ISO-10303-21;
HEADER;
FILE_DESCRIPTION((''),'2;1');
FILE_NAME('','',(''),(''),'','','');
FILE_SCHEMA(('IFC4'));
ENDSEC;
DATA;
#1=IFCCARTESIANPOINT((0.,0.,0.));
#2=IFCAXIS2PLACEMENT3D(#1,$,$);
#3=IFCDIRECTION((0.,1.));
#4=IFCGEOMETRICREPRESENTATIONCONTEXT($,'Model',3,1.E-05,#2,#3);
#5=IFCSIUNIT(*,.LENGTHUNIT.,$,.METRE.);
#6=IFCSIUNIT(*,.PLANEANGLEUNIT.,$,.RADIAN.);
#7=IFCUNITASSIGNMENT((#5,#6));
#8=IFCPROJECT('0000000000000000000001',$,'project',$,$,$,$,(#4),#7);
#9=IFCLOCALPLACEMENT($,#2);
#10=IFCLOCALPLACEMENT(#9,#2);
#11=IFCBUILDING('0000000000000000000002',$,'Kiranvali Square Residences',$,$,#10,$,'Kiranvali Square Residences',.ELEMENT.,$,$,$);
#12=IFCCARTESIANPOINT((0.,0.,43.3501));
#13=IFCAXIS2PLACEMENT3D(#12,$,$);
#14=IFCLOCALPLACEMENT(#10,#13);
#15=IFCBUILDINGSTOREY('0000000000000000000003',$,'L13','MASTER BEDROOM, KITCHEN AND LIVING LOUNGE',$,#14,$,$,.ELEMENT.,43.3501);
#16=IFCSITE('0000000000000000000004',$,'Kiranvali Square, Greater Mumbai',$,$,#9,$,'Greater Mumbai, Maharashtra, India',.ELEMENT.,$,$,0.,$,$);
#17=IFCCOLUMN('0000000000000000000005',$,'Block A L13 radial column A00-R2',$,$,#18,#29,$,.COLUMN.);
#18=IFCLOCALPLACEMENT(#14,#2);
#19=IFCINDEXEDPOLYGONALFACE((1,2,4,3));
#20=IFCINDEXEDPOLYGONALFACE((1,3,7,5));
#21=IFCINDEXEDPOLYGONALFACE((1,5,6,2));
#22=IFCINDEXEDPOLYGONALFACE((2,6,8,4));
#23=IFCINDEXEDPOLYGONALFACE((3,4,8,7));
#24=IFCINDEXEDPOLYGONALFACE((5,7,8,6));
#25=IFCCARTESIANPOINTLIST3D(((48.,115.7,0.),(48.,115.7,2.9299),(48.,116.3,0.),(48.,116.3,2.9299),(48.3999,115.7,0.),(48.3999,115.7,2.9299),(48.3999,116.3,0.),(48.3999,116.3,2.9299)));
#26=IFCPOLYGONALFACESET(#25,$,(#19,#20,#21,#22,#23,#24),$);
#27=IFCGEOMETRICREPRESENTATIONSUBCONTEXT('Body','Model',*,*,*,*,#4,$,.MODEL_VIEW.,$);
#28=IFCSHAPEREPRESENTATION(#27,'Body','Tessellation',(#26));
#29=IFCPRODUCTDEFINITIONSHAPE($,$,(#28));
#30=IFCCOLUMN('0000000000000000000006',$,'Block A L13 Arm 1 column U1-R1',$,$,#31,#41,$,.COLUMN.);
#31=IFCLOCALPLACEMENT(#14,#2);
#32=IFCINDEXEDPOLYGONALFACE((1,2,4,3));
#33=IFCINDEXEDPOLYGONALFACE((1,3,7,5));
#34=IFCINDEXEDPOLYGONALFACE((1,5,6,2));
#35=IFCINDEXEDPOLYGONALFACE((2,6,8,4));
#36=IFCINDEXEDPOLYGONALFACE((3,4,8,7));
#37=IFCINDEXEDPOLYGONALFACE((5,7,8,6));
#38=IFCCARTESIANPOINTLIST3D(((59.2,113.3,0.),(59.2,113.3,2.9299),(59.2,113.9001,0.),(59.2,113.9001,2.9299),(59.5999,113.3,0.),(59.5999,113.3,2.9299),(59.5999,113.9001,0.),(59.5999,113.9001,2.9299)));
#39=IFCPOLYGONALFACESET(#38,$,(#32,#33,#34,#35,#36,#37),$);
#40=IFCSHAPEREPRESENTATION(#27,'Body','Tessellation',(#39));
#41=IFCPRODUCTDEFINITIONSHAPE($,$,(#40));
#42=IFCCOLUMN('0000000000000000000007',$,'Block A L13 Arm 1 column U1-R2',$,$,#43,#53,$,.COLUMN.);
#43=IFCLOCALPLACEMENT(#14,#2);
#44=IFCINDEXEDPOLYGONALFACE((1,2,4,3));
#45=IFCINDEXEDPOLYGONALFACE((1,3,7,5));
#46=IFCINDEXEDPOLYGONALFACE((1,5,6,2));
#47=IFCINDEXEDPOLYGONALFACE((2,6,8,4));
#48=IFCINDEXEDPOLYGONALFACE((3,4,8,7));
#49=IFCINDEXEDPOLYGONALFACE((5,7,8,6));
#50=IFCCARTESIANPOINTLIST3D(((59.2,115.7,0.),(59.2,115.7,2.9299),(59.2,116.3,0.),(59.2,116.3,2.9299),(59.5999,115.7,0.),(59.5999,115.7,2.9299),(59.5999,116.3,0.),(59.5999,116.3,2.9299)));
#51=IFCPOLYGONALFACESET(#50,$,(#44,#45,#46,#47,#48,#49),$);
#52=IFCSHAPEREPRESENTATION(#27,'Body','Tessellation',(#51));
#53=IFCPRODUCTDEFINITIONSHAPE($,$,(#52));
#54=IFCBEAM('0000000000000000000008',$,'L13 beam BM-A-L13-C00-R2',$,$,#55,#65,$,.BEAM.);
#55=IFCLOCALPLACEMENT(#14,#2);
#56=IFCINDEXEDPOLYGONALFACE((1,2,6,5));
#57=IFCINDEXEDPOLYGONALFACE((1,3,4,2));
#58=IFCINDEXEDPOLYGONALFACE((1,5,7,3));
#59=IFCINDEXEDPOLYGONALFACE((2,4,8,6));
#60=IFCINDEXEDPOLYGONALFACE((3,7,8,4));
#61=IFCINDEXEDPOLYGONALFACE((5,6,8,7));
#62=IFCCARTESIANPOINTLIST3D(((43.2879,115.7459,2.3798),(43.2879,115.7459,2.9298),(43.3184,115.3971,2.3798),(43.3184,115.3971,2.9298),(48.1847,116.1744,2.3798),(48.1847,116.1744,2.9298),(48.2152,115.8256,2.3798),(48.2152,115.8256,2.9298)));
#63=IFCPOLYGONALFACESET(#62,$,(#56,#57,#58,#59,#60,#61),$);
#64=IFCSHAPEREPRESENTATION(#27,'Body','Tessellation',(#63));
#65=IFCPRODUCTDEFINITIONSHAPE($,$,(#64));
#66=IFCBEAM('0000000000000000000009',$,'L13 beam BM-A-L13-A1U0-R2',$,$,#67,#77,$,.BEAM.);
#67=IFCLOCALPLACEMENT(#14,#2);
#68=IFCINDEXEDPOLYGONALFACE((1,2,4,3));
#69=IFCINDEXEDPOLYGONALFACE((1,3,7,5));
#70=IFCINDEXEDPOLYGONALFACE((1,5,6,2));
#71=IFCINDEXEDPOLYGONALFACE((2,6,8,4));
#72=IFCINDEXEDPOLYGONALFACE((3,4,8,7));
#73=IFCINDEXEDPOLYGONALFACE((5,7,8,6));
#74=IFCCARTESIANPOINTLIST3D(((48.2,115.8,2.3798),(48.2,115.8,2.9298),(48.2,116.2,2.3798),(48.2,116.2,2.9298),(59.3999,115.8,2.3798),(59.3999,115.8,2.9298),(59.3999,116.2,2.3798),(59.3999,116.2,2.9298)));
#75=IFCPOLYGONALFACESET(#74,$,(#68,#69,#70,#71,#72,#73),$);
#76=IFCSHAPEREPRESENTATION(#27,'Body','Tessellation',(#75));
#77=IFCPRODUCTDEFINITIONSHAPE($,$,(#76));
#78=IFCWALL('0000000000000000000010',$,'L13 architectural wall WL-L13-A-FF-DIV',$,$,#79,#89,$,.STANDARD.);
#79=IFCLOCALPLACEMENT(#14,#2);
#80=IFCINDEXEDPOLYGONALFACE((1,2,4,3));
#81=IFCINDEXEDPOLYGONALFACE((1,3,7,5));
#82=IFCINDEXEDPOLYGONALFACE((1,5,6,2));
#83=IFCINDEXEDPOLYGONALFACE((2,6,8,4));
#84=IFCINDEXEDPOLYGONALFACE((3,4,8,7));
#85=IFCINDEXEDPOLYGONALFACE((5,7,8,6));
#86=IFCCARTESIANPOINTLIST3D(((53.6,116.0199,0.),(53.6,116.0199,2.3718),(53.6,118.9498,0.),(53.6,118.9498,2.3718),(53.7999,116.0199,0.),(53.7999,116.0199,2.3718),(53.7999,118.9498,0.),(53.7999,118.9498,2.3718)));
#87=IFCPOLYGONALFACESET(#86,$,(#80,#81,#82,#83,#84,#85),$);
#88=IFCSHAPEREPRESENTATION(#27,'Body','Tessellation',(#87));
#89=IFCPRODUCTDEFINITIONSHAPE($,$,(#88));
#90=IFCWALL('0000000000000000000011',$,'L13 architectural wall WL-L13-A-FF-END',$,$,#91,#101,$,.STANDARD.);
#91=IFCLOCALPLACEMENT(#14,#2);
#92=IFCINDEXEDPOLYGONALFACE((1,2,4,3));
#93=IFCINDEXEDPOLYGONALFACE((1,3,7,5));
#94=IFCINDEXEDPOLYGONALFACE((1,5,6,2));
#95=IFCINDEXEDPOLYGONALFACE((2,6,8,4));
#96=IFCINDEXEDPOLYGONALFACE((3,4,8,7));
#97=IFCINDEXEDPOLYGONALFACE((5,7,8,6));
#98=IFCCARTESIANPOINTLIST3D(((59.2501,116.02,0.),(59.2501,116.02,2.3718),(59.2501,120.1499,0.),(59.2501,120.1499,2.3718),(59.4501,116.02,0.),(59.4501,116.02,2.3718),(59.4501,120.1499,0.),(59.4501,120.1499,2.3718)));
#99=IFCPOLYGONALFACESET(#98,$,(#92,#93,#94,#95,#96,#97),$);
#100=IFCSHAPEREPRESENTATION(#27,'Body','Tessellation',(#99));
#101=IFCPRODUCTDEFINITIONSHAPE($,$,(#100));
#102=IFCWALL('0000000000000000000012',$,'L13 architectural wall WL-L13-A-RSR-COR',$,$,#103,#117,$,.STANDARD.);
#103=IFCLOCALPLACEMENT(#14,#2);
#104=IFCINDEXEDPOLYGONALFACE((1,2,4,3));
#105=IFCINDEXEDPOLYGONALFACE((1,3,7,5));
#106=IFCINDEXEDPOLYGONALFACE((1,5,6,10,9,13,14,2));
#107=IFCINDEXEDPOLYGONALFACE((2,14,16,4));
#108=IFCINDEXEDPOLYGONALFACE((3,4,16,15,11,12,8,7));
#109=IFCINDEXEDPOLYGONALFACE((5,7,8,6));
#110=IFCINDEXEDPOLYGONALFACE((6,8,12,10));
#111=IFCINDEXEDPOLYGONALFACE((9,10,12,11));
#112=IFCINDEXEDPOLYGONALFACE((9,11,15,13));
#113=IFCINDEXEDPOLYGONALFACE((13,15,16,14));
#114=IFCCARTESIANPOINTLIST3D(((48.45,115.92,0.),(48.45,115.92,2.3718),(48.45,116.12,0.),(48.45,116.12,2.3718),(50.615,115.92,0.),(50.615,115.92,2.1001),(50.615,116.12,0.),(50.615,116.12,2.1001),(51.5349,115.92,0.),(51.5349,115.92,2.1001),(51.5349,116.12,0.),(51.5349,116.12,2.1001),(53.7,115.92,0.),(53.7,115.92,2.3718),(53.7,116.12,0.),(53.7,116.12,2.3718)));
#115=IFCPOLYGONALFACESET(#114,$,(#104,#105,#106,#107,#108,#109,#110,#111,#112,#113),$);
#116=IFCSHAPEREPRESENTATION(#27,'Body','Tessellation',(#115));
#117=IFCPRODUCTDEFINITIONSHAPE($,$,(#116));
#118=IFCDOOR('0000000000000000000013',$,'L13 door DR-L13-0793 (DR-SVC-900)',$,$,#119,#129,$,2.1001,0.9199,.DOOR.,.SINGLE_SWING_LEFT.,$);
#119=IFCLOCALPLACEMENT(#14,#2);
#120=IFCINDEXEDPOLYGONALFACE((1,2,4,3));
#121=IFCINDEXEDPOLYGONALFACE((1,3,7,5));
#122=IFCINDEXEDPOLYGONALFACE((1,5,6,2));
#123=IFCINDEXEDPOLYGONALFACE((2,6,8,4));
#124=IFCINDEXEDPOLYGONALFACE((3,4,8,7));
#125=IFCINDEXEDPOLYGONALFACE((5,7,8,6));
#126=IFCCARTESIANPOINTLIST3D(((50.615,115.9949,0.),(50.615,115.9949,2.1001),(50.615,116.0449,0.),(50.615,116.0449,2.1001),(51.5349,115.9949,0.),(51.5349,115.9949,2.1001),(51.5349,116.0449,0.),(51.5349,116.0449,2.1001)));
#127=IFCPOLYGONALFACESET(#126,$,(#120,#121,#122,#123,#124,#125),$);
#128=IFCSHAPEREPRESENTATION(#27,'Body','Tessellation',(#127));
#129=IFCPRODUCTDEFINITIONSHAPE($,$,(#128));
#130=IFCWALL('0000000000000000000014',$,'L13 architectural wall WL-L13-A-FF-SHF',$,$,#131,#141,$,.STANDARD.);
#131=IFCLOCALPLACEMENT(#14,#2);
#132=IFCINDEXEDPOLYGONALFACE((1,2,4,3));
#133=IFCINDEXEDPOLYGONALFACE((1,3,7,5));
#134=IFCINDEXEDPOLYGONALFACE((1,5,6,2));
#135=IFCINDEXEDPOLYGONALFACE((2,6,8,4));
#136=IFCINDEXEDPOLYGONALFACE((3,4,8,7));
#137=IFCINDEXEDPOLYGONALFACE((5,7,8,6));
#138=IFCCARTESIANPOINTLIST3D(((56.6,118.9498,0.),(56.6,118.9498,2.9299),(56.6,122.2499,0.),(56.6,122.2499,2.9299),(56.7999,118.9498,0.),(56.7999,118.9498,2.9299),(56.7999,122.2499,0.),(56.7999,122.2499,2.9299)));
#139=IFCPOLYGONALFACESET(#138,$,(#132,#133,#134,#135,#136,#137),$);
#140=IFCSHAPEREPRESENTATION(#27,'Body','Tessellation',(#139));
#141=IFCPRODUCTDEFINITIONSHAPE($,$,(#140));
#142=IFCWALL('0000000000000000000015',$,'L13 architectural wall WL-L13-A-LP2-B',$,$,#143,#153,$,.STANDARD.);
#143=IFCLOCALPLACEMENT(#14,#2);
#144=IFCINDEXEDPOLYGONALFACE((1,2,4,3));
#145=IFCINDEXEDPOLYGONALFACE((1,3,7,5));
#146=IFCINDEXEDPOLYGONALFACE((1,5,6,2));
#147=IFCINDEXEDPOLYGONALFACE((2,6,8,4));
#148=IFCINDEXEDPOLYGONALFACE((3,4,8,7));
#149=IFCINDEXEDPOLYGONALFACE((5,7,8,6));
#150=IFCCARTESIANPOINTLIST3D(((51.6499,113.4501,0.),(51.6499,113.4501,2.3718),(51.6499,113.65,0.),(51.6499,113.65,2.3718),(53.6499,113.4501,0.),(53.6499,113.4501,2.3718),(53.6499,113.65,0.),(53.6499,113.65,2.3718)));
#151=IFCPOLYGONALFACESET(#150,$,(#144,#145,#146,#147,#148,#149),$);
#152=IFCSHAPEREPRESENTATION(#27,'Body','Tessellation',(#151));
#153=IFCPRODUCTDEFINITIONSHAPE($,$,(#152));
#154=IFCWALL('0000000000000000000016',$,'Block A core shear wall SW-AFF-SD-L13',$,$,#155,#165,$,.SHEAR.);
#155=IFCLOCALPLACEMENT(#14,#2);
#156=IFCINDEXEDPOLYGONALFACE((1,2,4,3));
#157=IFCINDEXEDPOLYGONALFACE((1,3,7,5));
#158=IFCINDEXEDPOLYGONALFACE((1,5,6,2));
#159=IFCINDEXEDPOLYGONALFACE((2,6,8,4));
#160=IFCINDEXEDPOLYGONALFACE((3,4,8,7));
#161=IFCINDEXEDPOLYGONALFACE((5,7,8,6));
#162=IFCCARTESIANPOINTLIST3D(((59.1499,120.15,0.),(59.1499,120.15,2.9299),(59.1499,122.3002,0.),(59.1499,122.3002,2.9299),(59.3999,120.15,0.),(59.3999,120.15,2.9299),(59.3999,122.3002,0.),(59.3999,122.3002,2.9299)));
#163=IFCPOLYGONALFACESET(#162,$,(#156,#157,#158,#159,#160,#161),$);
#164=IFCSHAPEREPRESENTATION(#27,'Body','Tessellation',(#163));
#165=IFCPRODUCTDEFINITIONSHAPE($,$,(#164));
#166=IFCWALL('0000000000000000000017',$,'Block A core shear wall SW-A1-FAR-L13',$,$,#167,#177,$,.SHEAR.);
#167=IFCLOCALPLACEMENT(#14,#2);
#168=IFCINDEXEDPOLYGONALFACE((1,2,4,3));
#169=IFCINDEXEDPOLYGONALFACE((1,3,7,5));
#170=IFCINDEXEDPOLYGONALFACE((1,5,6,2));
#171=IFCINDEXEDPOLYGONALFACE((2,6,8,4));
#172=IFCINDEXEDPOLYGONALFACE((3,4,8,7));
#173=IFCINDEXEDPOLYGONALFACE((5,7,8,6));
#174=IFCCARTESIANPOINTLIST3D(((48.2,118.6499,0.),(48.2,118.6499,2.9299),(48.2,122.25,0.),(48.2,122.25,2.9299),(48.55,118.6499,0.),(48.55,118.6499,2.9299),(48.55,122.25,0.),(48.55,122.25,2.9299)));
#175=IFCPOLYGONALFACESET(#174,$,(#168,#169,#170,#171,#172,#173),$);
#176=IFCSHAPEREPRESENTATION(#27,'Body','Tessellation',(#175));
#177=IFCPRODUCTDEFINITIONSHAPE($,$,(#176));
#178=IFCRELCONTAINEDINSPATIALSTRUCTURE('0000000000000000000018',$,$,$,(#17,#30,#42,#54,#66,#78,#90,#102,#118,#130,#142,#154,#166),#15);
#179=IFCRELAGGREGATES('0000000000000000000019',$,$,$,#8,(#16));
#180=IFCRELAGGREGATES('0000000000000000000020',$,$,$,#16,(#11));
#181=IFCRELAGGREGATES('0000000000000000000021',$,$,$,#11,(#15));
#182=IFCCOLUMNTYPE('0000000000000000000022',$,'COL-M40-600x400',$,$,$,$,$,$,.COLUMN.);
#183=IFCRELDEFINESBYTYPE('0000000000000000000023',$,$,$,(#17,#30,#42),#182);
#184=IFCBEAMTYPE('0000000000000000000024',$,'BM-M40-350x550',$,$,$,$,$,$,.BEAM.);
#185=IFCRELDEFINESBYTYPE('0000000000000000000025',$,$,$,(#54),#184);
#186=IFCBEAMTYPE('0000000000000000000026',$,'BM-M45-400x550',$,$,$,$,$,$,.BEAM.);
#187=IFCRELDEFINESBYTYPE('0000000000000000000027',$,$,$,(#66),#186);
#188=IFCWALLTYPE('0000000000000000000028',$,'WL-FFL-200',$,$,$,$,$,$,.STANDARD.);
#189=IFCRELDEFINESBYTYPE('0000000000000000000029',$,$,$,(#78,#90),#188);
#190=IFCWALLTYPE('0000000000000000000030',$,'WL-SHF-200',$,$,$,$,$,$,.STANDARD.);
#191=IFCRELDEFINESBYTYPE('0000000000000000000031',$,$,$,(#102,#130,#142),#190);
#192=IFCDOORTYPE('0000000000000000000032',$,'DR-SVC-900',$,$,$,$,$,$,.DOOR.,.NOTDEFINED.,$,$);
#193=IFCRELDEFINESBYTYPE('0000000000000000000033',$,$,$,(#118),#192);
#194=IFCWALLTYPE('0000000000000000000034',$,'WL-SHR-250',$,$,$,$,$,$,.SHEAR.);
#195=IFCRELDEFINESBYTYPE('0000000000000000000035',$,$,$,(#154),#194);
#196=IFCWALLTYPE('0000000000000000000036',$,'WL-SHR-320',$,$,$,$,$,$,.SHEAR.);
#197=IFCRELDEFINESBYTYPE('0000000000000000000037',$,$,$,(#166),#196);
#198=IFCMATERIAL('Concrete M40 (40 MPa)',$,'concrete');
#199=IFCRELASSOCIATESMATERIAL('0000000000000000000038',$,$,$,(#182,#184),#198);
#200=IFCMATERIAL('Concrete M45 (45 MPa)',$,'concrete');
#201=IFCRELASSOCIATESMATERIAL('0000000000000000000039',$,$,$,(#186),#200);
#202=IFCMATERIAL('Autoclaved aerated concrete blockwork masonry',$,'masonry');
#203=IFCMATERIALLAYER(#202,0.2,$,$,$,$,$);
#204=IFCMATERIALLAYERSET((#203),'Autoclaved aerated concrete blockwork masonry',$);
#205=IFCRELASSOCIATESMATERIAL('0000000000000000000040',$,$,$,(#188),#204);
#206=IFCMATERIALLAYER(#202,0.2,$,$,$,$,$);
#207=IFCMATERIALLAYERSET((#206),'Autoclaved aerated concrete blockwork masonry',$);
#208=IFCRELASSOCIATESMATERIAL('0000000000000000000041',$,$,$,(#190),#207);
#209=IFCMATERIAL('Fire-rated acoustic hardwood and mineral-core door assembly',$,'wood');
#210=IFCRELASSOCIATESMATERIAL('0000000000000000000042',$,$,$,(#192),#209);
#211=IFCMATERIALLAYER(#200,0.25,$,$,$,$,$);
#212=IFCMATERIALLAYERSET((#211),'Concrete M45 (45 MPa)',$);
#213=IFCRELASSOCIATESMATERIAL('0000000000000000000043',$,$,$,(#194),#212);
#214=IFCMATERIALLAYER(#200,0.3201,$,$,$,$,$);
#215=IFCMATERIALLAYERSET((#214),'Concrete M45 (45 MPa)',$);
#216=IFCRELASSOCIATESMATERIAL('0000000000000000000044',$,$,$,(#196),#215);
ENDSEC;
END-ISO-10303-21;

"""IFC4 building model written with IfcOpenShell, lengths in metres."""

from ifc_helpers import new_model, si_unit, direction, frame, frame_2d, origin, origin_2d, place, context, subcontext, project, spatial, rectangle, extrude, material, layer, layer_set, material_profile, profile_set, type_object, element, fill, save


model = new_model("IFC4")

# Units and contexts
model_context = context("Model", 3, precision=1e-05, world=origin(), true_north=direction((0.0, 1.0)))
body_context = subcontext(model_context, "Body", "Model", "MODEL_VIEW")
ifc_project = project(units=[si_unit("LENGTHUNIT", "METRE"), si_unit("PLANEANGLEUNIT", "RADIAN")], contexts=[model_context])

# Site, building, storey
site_placement = place(None, origin())
site = spatial("IfcSite", under=ifc_project, at=site_placement, Name="Kiranvali Square, Greater Mumbai", LongName="Greater Mumbai, Maharashtra, India", CompositionType="ELEMENT", RefElevation=0.0)
building_placement = place(site_placement, origin())
building = spatial("IfcBuilding", under=site, at=building_placement, Name="Kiranvali Square Residences", LongName="Kiranvali Square Residences", CompositionType="ELEMENT")
storey_placement = place(building_placement, frame((0.0, 0.0, 43.3501)))
storey = spatial("IfcBuildingStorey", under=building, at=storey_placement, Name="L13", Description="MASTER BEDROOM, KITCHEN AND LIVING LOUNGE", CompositionType="ELEMENT", Elevation=43.3501)

# Columns
ifc_material_1 = material(Name="Concrete M40 (40 MPa)", Category="concrete")
ifc_material_profile_1 = material_profile(ifc_material_1, rectangle(XDim=0.3999, YDim=0.6001, at=origin_2d()), Name="RC 600x400")
ifc_profile_set_1 = profile_set([ifc_material_profile_1], Name="Concrete M40 (40 MPa)")
column_type = type_object("IfcColumnType", Name="COL-M40-600x400", PredefinedType="COLUMN", material=ifc_profile_set_1)
for number, where, z_axis, x_axis, name in (
    (1, (48.2, 116.0, 0.0), (0.0, 0.0, 1.0), (1.0, 0.0, 0.0), "Block A L13 radial column A00-R2"),
    (2, (59.3999, 113.6001, 0.0), (0.0, 0.0, 1.0), (1.0, 0.0, 0.0), "Block A L13 Arm 1 column U1-R1"),
    (3, (59.3999, 116.0, 0.0), (0.0, 0.0, 1.0), (1.0, 0.0, 0.0), "Block A L13 Arm 1 column U1-R2"),
):
    element("IfcColumn", number, at=place(storey_placement, frame(where, z_axis=z_axis, x_axis=x_axis)), inside=storey, type_object=column_type, Name=name, PredefinedType="COLUMN", context=body_context, shape_type="SweptSolid", body=[
        extrude(rectangle(XDim=0.3999, YDim=0.6001, at=origin_2d()), origin(), (0.0, 0.0, 1.0), 2.9299),
    ])

# Beams
ifc_material_profile_2 = material_profile(ifc_material_1, rectangle(XDim=0.3501, YDim=0.55, at=origin_2d()), Name="RC 350x550")
ifc_profile_set_2 = profile_set([ifc_material_profile_2], Name="Concrete M40 (40 MPa)")
beam_type_1 = type_object("IfcBeamType", Name="BM-M40-350x550", PredefinedType="BEAM", material=ifc_profile_set_2)
beam_1_placement = place(storey_placement, frame((48.2, 116.0, 2.6548), z_axis=(-0.996194, -0.087168, 0.0), x_axis=(0.087168, -0.996194, 0.0)))
element("IfcBeam", 4, at=beam_1_placement, inside=storey, type_object=beam_type_1, Name="L13 beam BM-A-L13-C00-R2", PredefinedType="BEAM", context=body_context, shape_type="SweptSolid", body=[
    extrude(rectangle(XDim=0.3501, YDim=0.55, at=origin_2d()), origin(), (0.0, 0.0, 1.0), 4.9155),
])
ifc_material_2 = material(Name="Concrete M45 (45 MPa)", Category="concrete")
ifc_material_profile_3 = material_profile(ifc_material_2, rectangle(XDim=0.3999, YDim=0.55, at=origin_2d()), Name="RC 400x550")
ifc_profile_set_3 = profile_set([ifc_material_profile_3], Name="Concrete M45 (45 MPa)")
beam_type_2 = type_object("IfcBeamType", Name="BM-M45-400x550", PredefinedType="BEAM", material=ifc_profile_set_3)
beam_2_placement = place(storey_placement, frame((48.2, 116.0, 2.6548), z_axis=(1.0, 0.0, 0.0), x_axis=(0.0, 1.0, 0.0)))
element("IfcBeam", 5, at=beam_2_placement, inside=storey, type_object=beam_type_2, Name="L13 beam BM-A-L13-A1U0-R2", PredefinedType="BEAM", context=body_context, shape_type="SweptSolid", body=[
    extrude(rectangle(XDim=0.3999, YDim=0.55, at=origin_2d()), origin(), (0.0, 0.0, 1.0), 11.2),
])

# Shared definitions
ifc_material_3 = material(Name="Autoclaved aerated concrete blockwork masonry", Category="masonry")
ifc_material_4 = material(Name="Fire-rated acoustic hardwood and mineral-core door assembly", Category="wood")
ifc_layer_1 = layer(ifc_material_3, 0.2)
ifc_layer_set_1 = layer_set([ifc_layer_1], Name="Autoclaved aerated concrete blockwork masonry")
wall_type_1 = type_object("IfcWallType", Name="WL-FFL-200", PredefinedType="STANDARD", material=ifc_layer_set_1)

# Walls
wall_1_placement = place(storey_placement, frame((53.7, 116.02, 0.0), z_axis=(0.0, 0.0, 1.0), x_axis=(0.0, 1.0, 0.0)))
element("IfcWall", 6, at=wall_1_placement, inside=storey, type_object=wall_type_1, Name="L13 architectural wall WL-L13-A-FF-DIV", PredefinedType="STANDARD", context=body_context, shape_type="SweptSolid", body=[
    extrude(rectangle(XDim=2.9299, YDim=0.2, at=frame_2d((1.4648, 0.0))), origin(), (0.0, 0.0, 1.0), 2.3718),
])
wall_2_placement = place(storey_placement, frame((59.3501, 116.02, 0.0), z_axis=(0.0, 0.0, 1.0), x_axis=(0.0, 1.0, 0.0)))
element("IfcWall", 7, at=wall_2_placement, inside=storey, type_object=wall_type_1, Name="L13 architectural wall WL-L13-A-FF-END", PredefinedType="STANDARD", context=body_context, shape_type="SweptSolid", body=[
    extrude(rectangle(XDim=4.1299, YDim=0.2, at=frame_2d((2.0649, 0.0))), origin(), (0.0, 0.0, 1.0), 2.3718),
])

# Wall, opening, door
ifc_layer_2 = layer(ifc_material_3, 0.2)
ifc_layer_set_2 = layer_set([ifc_layer_2], Name="Autoclaved aerated concrete blockwork masonry")
wall_type_2 = type_object("IfcWallType", Name="WL-SHF-200", PredefinedType="STANDARD", material=ifc_layer_set_2)
wall_3_placement = place(storey_placement, frame((48.45, 116.02, 0.0), z_axis=(0.0, 0.0, 1.0), x_axis=(1.0, 0.0, 0.0)))
wall_3 = element("IfcWall", 8, at=wall_3_placement, inside=storey, type_object=wall_type_2, Name="L13 architectural wall WL-L13-A-RSR-COR", PredefinedType="STANDARD", context=body_context, shape_type="SweptSolid", body=[
    extrude(rectangle(XDim=5.25, YDim=0.2, at=frame_2d((2.625, 0.0))), origin(), (0.0, 0.0, 1.0), 2.3718),
])
opening_1_placement = place(wall_3_placement, frame((2.165, 0.0, 0.0)))
opening_1 = element("IfcOpeningElement", 9, at=opening_1_placement, cuts=wall_3, PredefinedType="OPENING", context=body_context, shape_type="SweptSolid", body=[
    extrude(rectangle(XDim=0.9199, YDim=2.1001, at=frame_2d((0.46, 1.05))), frame((0.0, 0.1099, 0.0), z_axis=(0.0, -1.0, 0.0), x_axis=(1.0, 0.0, 0.0)), (0.0, 0.0, 1.0), 0.22),
])
door_type_1 = type_object("IfcDoorType", Name="DR-SVC-900", OperationType="NOTDEFINED", PredefinedType="DOOR", material=ifc_material_4)
door_1_placement = place(opening_1_placement, origin())
door_1 = element("IfcDoor", 10, at=door_1_placement, inside=storey, type_object=door_type_1, Name="L13 door DR-L13-0793 (DR-SVC-900)", OperationType="SINGLE_SWING_LEFT", OverallHeight=2.1001, OverallWidth=0.9199, PredefinedType="DOOR", context=body_context, shape_type="SweptSolid", body=[
    extrude(rectangle(XDim=0.9199, YDim=2.1001, at=frame_2d((0.46, 1.05))), frame((0.0, 0.0249, 0.0), z_axis=(0.0, -1.0, 0.0), x_axis=(1.0, 0.0, 0.0)), (0.0, 0.0, 1.0), 0.05),
])
fill(opening_1, door_1)

# Walls
wall_4_placement = place(storey_placement, frame((56.7, 118.95, 0.0), z_axis=(0.0, 0.0, 1.0), x_axis=(0.0, 1.0, 0.0)))
element("IfcWall", 11, at=wall_4_placement, inside=storey, type_object=wall_type_2, Name="L13 architectural wall WL-L13-A-FF-SHF", PredefinedType="STANDARD", context=body_context, shape_type="SweptSolid", body=[
    extrude(rectangle(XDim=3.3, YDim=0.2, at=frame_2d((1.6499, 0.0))), origin(), (0.0, 0.0, 1.0), 2.9299),
])
wall_5_placement = place(storey_placement, frame((51.6499, 113.55, 0.0), z_axis=(0.0, 0.0, 1.0), x_axis=(1.0, 0.0, 0.0)))
element("IfcWall", 12, at=wall_5_placement, inside=storey, type_object=wall_type_2, Name="L13 architectural wall WL-L13-A-LP2-B", PredefinedType="STANDARD", context=body_context, shape_type="SweptSolid", body=[
    extrude(rectangle(XDim=2.0, YDim=0.2, at=frame_2d((1.0, 0.0))), origin(), (0.0, 0.0, 1.0), 2.3718),
])
ifc_layer_3 = layer(ifc_material_2, 0.25)
ifc_layer_set_3 = layer_set([ifc_layer_3], Name="Concrete M45 (45 MPa)")
wall_type_3 = type_object("IfcWallType", Name="WL-SHR-250", PredefinedType="SHEAR", material=ifc_layer_set_3)
wall_6_placement = place(storey_placement, frame((59.2749, 120.1499, 0.0), z_axis=(0.0, 0.0, 1.0), x_axis=(0.0, 1.0, 0.0)))
element("IfcWall", 13, at=wall_6_placement, inside=storey, type_object=wall_type_3, Name="Block A core shear wall SW-AFF-SD-L13", PredefinedType="SHEAR", context=body_context, shape_type="SweptSolid", body=[
    extrude(rectangle(XDim=2.1501, YDim=0.25, at=frame_2d((1.0752, 0.0))), origin(), (0.0, 0.0, 1.0), 2.9299),
])

# Shared definitions
ifc_layer_4 = layer(ifc_material_2, 0.3201)
ifc_layer_set_4 = layer_set([ifc_layer_4], Name="Concrete M45 (45 MPa)")
wall_type_4 = type_object("IfcWallType", Name="WL-SHR-320", PredefinedType="SHEAR", material=ifc_layer_set_4)

# Wall
wall_7_placement = place(storey_placement, frame((48.375, 118.6499, 0.0), z_axis=(0.0, 0.0, 1.0), x_axis=(0.0, 1.0, 0.0)))
element("IfcWall", 14, at=wall_7_placement, inside=storey, type_object=wall_type_4, Name="Block A core shear wall SW-A1-FAR-L13", PredefinedType="SHEAR", context=body_context, shape_type="SweptSolid", body=[
    extrude(rectangle(XDim=3.6001, YDim=0.3501, at=frame_2d((1.8, 0.0))), origin(), (0.0, 0.0, 1.0), 2.9299),
])

save(model, "model.ifc")
